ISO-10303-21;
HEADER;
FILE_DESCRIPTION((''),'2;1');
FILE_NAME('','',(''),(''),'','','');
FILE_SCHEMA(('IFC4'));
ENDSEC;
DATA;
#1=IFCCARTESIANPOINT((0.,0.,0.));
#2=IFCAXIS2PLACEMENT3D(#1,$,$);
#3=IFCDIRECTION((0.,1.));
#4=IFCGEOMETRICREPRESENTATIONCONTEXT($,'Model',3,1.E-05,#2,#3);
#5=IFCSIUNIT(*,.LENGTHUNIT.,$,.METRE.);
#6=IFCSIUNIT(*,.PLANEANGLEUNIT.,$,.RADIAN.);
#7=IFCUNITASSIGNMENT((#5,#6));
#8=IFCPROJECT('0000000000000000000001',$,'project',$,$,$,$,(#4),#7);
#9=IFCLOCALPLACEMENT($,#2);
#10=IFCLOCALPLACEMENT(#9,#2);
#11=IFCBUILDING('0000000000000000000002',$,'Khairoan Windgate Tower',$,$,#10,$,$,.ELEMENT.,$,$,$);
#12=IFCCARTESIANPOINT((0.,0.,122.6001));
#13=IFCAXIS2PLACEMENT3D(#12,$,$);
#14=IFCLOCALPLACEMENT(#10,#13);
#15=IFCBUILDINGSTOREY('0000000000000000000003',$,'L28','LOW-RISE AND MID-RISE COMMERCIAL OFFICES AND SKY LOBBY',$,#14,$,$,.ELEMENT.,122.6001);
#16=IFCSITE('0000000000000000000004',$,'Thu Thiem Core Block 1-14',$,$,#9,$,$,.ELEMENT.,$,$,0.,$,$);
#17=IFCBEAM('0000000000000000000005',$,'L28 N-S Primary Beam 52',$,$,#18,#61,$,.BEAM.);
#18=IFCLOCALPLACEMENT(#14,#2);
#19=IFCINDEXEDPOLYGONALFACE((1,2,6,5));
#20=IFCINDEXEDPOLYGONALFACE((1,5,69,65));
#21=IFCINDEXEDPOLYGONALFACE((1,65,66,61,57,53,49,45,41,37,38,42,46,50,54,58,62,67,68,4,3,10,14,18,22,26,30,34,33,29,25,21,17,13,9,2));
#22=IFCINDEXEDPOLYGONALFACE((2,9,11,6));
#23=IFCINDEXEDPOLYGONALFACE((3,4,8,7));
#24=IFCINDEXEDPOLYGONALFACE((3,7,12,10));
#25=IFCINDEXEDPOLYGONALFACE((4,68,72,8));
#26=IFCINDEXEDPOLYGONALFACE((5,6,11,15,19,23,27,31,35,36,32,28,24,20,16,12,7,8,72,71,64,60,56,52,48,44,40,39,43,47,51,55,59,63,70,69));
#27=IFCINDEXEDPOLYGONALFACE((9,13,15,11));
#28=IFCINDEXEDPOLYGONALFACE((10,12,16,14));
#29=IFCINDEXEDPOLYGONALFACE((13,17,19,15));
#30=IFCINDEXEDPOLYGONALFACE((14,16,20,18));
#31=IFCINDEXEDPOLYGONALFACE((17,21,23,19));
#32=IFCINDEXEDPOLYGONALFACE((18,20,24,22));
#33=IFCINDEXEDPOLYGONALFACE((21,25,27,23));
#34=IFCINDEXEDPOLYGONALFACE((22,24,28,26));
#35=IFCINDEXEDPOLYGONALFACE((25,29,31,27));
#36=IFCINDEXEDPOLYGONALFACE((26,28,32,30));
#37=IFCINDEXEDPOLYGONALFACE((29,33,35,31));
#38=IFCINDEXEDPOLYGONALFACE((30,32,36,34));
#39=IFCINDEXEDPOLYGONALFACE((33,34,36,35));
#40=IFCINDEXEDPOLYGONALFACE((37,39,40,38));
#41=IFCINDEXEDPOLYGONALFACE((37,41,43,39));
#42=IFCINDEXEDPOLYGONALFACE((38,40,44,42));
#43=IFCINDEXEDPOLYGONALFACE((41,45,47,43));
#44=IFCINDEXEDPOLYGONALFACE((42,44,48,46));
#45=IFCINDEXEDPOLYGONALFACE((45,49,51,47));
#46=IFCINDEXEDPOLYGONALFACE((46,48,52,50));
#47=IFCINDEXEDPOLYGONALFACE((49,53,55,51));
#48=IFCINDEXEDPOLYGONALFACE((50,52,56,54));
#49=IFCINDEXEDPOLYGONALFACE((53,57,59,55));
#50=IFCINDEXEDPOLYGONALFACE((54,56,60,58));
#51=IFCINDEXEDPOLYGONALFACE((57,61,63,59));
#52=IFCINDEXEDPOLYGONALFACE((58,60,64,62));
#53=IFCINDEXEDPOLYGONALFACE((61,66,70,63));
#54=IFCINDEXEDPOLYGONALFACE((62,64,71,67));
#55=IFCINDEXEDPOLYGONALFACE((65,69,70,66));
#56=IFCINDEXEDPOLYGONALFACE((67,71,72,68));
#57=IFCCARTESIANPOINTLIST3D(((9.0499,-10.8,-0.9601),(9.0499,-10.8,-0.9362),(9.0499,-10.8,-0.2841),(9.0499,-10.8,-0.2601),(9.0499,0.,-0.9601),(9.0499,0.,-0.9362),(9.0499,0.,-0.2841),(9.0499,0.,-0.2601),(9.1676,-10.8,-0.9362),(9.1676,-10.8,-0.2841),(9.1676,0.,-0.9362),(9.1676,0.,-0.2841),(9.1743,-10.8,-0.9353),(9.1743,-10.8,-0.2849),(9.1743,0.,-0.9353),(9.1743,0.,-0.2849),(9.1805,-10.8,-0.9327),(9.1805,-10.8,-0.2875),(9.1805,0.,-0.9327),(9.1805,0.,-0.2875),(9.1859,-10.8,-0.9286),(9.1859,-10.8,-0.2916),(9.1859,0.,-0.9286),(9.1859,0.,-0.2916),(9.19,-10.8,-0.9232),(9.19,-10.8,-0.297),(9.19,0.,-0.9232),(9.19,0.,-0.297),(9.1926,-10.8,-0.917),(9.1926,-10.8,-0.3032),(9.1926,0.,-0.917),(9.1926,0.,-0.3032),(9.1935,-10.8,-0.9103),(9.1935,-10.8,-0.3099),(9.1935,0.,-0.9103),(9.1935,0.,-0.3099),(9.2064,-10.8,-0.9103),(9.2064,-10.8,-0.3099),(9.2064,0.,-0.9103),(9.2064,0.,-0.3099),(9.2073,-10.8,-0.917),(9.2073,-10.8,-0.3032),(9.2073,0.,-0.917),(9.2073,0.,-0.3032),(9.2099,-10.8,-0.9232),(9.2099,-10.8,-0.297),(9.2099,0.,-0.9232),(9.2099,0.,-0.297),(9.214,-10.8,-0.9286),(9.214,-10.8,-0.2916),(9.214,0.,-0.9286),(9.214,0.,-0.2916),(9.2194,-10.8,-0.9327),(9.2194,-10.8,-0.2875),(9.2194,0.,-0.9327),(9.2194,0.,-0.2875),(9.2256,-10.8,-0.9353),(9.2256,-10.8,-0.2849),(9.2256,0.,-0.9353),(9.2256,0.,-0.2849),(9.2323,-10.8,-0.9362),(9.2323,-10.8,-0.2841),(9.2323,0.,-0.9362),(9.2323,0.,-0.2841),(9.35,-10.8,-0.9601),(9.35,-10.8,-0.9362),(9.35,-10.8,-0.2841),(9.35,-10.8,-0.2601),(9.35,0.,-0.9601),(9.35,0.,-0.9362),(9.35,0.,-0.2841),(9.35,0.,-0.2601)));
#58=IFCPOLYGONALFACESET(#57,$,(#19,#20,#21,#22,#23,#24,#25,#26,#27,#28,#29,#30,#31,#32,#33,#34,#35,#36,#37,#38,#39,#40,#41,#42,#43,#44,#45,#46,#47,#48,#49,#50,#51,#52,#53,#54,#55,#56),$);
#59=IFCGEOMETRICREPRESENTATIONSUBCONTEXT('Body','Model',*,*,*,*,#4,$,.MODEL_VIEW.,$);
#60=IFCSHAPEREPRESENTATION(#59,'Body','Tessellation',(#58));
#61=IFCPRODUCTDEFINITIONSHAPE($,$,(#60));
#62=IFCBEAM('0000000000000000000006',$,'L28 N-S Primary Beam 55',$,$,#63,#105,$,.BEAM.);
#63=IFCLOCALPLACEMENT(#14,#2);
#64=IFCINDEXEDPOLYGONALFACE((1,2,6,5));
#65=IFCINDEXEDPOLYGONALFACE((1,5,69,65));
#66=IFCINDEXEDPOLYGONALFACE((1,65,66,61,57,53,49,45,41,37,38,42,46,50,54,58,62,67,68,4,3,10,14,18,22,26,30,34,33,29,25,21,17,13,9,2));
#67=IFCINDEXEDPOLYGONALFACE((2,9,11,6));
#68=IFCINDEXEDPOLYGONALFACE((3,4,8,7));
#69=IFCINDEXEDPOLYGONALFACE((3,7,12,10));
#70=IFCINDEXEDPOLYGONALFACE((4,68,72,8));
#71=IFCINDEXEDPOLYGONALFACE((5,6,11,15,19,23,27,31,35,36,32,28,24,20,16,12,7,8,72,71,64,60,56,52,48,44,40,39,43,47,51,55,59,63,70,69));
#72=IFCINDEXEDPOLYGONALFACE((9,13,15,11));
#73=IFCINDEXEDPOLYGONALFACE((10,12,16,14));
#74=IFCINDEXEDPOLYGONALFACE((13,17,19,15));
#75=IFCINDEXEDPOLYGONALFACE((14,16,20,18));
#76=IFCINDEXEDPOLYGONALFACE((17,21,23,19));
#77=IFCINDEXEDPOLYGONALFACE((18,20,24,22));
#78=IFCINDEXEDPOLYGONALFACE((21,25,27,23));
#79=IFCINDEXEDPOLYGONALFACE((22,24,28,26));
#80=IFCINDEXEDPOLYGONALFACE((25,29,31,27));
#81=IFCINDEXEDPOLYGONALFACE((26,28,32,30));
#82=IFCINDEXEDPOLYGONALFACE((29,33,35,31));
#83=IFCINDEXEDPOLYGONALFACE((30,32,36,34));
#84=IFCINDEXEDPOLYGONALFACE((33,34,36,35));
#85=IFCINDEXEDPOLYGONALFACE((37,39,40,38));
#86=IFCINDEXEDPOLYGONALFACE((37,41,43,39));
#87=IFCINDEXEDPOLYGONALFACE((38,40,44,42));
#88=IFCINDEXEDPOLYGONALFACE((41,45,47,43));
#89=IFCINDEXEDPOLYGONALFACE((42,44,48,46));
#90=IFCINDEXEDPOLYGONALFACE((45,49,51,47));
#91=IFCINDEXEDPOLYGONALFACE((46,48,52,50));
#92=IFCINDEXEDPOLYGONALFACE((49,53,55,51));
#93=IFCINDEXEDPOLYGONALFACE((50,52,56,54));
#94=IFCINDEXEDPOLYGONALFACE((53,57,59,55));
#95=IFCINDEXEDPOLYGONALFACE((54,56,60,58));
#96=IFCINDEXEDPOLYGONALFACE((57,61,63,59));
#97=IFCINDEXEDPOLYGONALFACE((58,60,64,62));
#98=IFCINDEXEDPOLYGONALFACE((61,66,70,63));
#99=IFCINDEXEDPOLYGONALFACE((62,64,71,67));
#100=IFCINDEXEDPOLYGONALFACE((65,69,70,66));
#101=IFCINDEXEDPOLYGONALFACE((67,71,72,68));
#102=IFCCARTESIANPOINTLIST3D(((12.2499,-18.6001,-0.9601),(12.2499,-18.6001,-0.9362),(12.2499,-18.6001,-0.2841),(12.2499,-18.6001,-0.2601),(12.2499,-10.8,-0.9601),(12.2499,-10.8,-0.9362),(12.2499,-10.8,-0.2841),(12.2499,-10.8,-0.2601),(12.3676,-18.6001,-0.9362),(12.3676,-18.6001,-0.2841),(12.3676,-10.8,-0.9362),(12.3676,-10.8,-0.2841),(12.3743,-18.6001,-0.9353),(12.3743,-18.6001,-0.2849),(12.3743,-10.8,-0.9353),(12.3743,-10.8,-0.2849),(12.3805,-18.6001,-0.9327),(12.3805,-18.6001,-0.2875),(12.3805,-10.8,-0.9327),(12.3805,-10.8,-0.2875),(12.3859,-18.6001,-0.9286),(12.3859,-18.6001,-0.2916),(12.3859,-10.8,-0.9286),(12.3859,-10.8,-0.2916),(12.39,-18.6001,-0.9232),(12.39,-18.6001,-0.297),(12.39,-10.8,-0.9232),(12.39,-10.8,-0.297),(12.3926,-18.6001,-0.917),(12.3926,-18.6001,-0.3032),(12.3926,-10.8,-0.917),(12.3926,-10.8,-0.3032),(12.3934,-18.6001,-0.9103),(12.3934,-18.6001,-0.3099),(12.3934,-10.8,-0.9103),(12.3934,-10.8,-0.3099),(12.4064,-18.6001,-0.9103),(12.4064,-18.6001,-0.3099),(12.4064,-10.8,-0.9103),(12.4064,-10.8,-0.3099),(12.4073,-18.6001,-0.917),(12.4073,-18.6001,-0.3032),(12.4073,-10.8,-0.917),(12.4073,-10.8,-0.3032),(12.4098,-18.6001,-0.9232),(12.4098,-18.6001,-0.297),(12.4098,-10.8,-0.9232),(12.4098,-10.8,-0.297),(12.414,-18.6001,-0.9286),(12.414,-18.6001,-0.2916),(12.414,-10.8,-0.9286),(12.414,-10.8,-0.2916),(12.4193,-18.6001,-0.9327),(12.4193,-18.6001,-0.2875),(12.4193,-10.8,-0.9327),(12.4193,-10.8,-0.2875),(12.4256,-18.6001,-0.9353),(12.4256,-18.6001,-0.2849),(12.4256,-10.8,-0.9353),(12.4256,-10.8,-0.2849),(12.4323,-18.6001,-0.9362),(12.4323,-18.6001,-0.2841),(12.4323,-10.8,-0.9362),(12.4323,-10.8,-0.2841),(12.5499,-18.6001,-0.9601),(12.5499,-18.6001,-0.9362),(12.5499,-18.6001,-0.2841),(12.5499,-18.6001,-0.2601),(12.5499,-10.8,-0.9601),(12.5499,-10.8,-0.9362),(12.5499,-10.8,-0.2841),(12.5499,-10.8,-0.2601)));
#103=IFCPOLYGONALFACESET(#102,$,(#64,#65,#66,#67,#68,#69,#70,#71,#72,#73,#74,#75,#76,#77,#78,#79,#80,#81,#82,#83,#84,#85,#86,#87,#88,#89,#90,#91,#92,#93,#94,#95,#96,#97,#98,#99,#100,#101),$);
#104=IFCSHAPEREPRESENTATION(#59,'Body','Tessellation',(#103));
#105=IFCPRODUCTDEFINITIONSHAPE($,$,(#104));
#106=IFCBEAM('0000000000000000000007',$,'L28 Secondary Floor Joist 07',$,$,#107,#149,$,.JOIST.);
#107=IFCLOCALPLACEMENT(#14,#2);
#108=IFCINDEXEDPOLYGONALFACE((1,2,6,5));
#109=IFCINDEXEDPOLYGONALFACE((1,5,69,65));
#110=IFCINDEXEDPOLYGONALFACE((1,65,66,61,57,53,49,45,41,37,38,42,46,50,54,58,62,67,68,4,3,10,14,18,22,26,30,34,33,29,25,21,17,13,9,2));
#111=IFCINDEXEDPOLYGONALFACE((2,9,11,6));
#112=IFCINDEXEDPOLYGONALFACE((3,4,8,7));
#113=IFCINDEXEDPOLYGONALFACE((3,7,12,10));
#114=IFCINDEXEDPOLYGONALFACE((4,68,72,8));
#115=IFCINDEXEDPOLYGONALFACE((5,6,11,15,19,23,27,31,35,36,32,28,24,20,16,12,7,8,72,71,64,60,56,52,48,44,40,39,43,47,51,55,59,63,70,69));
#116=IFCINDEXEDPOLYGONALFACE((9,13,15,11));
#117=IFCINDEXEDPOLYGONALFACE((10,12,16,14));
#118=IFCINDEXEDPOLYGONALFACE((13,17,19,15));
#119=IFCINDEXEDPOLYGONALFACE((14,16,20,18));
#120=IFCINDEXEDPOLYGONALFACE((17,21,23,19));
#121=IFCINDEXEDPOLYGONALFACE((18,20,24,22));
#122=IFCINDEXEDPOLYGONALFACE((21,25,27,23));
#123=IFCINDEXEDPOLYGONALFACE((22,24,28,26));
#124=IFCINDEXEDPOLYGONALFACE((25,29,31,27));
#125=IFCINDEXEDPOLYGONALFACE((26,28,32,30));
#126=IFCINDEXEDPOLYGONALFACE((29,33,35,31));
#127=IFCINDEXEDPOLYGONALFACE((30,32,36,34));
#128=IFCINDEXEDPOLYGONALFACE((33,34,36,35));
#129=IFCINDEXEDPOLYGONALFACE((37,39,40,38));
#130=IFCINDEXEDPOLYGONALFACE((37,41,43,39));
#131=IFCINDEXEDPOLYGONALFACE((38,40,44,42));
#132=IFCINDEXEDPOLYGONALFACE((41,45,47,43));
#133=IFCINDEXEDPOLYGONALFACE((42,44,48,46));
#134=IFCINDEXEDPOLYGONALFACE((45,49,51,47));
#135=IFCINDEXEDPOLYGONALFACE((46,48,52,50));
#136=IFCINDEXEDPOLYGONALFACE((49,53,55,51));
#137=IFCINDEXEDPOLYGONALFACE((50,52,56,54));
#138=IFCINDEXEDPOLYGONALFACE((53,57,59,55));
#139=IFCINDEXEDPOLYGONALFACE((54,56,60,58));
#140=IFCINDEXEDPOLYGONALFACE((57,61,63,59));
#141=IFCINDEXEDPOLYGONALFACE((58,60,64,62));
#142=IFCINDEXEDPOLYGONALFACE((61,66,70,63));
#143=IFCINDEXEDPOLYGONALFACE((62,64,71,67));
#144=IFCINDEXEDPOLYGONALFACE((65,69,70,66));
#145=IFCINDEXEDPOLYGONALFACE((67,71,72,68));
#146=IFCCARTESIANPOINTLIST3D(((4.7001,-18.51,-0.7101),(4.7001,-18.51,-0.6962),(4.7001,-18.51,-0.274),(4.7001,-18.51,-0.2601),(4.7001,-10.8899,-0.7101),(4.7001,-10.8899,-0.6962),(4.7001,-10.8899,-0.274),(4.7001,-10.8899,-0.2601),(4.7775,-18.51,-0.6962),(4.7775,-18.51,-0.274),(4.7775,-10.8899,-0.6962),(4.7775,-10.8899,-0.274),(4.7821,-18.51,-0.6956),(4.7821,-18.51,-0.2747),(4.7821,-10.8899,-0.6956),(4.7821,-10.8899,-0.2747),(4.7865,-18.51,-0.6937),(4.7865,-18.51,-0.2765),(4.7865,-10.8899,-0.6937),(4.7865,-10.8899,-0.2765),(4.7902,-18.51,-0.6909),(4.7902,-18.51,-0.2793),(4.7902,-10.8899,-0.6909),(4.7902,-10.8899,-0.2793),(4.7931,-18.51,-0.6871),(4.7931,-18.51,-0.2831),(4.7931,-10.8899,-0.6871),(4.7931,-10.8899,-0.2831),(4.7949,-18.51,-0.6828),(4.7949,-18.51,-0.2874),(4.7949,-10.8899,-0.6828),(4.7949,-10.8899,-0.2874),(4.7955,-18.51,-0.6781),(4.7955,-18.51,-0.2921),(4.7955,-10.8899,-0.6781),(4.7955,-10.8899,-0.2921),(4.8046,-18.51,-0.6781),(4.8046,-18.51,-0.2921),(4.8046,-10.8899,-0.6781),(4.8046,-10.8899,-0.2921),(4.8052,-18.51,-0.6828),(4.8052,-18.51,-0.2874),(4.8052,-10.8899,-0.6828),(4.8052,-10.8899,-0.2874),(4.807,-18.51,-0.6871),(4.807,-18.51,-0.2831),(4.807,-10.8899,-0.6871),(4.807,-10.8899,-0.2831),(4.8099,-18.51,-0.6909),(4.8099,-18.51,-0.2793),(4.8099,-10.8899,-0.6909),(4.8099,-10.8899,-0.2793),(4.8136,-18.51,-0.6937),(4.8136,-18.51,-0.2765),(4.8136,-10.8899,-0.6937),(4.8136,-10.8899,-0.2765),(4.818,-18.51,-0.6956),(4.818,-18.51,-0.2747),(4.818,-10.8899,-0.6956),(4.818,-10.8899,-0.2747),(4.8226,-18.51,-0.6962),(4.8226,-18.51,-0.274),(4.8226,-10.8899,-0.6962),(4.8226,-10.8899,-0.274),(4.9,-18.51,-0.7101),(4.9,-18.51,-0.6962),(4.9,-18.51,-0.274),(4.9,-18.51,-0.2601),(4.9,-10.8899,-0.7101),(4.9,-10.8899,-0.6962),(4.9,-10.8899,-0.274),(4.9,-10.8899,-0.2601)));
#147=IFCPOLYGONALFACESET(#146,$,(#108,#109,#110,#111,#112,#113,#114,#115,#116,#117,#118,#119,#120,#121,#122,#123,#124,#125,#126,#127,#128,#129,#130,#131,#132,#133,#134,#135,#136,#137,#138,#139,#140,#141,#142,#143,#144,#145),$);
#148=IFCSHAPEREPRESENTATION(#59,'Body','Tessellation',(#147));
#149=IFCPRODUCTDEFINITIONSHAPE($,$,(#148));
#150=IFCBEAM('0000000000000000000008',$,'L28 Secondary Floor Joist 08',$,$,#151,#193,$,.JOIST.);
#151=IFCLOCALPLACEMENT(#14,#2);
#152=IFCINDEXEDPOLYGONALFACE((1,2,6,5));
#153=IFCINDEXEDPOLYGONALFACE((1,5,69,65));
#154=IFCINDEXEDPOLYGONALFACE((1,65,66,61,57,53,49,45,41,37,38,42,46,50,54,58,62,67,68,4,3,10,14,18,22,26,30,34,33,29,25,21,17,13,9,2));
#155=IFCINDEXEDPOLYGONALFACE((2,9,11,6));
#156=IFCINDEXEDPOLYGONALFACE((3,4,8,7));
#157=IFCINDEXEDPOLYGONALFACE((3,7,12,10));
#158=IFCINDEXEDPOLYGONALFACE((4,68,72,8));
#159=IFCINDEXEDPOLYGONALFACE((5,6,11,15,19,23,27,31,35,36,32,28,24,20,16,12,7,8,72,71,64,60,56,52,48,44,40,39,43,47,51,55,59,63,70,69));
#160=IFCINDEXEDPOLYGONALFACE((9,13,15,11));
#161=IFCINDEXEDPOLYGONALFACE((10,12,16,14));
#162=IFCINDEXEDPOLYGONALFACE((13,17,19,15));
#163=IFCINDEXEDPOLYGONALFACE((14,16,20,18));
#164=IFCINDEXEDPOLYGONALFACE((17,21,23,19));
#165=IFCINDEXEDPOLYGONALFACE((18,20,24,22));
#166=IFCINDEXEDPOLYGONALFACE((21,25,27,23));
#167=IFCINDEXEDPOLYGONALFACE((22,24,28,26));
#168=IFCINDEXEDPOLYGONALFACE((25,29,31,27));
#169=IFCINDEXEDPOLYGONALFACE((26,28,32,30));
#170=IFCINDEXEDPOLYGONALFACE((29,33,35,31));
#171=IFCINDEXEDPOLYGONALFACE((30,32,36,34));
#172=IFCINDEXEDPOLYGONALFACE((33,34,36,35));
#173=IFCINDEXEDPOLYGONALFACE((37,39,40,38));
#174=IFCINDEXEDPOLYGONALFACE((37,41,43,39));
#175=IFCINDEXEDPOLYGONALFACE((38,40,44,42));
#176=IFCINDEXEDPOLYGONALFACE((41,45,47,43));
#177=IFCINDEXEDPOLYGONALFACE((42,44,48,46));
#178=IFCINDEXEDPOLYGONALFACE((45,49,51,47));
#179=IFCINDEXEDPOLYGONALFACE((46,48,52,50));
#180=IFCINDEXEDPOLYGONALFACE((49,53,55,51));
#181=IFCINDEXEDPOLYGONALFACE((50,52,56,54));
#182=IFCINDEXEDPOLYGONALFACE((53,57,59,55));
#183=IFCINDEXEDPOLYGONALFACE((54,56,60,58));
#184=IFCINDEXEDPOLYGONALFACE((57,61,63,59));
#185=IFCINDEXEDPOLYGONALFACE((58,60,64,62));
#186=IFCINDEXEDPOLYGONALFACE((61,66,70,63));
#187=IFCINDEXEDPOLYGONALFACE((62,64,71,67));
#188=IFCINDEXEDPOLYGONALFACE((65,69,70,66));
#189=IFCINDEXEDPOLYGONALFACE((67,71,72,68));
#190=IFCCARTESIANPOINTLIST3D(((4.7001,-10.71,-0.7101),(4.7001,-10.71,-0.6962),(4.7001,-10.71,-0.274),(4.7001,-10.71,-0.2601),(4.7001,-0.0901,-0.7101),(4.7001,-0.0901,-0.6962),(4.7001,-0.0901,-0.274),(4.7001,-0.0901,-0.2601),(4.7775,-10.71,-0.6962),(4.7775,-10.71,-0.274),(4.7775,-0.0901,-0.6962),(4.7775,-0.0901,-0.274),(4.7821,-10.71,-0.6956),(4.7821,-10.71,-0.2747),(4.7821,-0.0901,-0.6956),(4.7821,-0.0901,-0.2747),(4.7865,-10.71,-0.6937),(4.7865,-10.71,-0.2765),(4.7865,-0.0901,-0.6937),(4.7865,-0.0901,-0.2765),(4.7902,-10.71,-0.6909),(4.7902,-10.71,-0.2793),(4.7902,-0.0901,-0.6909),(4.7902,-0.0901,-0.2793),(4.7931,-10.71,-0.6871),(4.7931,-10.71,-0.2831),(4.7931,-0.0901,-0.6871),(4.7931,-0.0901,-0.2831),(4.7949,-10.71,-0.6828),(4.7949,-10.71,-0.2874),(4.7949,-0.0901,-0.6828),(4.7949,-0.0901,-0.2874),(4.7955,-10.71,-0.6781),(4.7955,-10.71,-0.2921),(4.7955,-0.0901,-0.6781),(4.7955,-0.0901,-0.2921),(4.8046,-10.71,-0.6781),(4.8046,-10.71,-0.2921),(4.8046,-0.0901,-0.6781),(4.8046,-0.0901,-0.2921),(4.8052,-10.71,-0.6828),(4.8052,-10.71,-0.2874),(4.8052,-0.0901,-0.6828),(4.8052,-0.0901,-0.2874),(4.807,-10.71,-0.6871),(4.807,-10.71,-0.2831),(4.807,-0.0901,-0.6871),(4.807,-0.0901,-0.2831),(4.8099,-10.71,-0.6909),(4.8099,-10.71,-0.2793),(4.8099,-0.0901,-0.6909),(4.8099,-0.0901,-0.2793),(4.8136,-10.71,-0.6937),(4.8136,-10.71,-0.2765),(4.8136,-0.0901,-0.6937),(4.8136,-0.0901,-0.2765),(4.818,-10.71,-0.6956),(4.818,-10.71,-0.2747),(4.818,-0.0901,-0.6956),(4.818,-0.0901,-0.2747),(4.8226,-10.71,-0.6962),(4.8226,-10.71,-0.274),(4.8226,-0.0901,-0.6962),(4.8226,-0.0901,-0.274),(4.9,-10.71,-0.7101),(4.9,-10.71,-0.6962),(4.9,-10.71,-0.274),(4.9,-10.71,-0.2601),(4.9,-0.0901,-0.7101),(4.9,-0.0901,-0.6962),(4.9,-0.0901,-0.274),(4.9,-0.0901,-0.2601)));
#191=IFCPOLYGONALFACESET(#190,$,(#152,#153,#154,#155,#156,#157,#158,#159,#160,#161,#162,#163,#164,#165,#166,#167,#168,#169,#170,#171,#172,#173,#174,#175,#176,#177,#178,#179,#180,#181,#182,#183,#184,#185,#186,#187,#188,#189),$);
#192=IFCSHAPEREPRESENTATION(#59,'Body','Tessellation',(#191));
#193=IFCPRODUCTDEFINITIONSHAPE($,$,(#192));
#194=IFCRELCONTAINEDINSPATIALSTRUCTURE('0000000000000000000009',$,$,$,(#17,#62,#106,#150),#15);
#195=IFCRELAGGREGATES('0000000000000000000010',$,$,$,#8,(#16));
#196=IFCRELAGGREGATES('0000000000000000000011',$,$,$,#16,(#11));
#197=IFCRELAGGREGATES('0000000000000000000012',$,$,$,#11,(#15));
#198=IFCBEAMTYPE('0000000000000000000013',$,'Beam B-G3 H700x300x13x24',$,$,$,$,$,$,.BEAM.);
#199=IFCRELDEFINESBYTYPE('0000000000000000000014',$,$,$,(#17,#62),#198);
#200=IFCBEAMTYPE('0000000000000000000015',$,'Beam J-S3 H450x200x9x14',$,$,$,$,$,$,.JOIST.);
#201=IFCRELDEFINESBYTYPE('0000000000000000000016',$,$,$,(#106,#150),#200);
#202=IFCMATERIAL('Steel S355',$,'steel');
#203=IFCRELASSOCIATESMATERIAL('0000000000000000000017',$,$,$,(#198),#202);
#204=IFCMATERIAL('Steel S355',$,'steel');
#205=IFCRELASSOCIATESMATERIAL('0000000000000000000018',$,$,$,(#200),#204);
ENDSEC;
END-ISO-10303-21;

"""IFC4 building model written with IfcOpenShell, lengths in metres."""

from ifc_helpers import new_model, si_unit, direction, frame, origin, origin_2d, place, context, subcontext, project, spatial, i_section, extrude, material, material_profile, profile_set, type_object, element, save


model = new_model("IFC4")

# Units and contexts
model_context = context("Model", 3, precision=1e-05, world=origin(), true_north=direction((0.0, 1.0)))
body_context = subcontext(model_context, "Body", "Model", "MODEL_VIEW")
ifc_project = project(units=[si_unit("LENGTHUNIT", "METRE"), si_unit("PLANEANGLEUNIT", "RADIAN")], contexts=[model_context])

# Site, building, storey
site_placement = place(None, origin())
site = spatial("IfcSite", under=ifc_project, at=site_placement, Name="Thu Thiem Core Block 1-14", CompositionType="ELEMENT", RefElevation=0.0)
building_placement = place(site_placement, origin())
building = spatial("IfcBuilding", under=site, at=building_placement, Name="Khairoan Windgate Tower", CompositionType="ELEMENT")
storey_placement = place(building_placement, frame((0.0, 0.0, 122.6001)))
storey = spatial("IfcBuildingStorey", under=building, at=storey_placement, Name="L28", Description="LOW-RISE AND MID-RISE COMMERCIAL OFFICES AND SKY LOBBY", CompositionType="ELEMENT", Elevation=122.6001)

# Beams
ifc_material_1 = material(Name="Steel S355", Category="steel")
ifc_material_profile_1 = material_profile(ifc_material_1, i_section(OverallWidth=0.3, OverallDepth=0.7, WebThickness=0.0129, FlangeThickness=0.0239, FilletRadius=0.0259, at=origin_2d()))
ifc_profile_set_1 = profile_set([ifc_material_profile_1], Name="Steel S355")
beam_type_1 = type_object("IfcBeamType", Name="Beam B-G3 H700x300x13x24", PredefinedType="BEAM", material=ifc_profile_set_1)
beam_1_placement = place(storey_placement, frame((9.2, -10.8, -0.6101), z_axis=(0.0, 1.0, 0.0), x_axis=(-1.0, 0.0, 0.0)))
element("IfcBeam", 1, at=beam_1_placement, inside=storey, type_object=beam_type_1, Name="L28 N-S Primary Beam 52", PredefinedType="BEAM", context=body_context, shape_type="SweptSolid", body=[
    extrude(i_section(OverallWidth=0.3, OverallDepth=0.7, WebThickness=0.0129, FlangeThickness=0.0239, FilletRadius=0.0259, at=origin_2d()), origin(), (0.0, 0.0, 1.0), 10.8),
])
beam_2_placement = place(storey_placement, frame((12.3999, -18.6001, -0.6101), z_axis=(0.0, 1.0, 0.0), x_axis=(-1.0, 0.0, 0.0)))
element("IfcBeam", 2, at=beam_2_placement, inside=storey, type_object=beam_type_1, Name="L28 N-S Primary Beam 55", PredefinedType="BEAM", context=body_context, shape_type="SweptSolid", body=[
    extrude(i_section(OverallWidth=0.3, OverallDepth=0.7, WebThickness=0.0129, FlangeThickness=0.0239, FilletRadius=0.0259, at=origin_2d()), origin(), (0.0, 0.0, 1.0), 7.8),
])
ifc_material_2 = material(Name="Steel S355", Category="steel")
ifc_material_profile_2 = material_profile(ifc_material_2, i_section(OverallWidth=0.2, OverallDepth=0.45, WebThickness=0.009, FlangeThickness=0.0139, FilletRadius=0.0181, at=origin_2d()))
ifc_profile_set_2 = profile_set([ifc_material_profile_2], Name="Steel S355")
beam_type_2 = type_object("IfcBeamType", Name="Beam J-S3 H450x200x9x14", PredefinedType="JOIST", material=ifc_profile_set_2)
beam_3_placement = place(storey_placement, frame((4.8, -18.51, -0.4851), z_axis=(0.0, 1.0, 0.0), x_axis=(-1.0, 0.0, 0.0)))
element("IfcBeam", 3, at=beam_3_placement, inside=storey, type_object=beam_type_2, Name="L28 Secondary Floor Joist 07", PredefinedType="JOIST", context=body_context, shape_type="SweptSolid", body=[
    extrude(i_section(OverallWidth=0.2, OverallDepth=0.45, WebThickness=0.009, FlangeThickness=0.0139, FilletRadius=0.0181, at=origin_2d()), origin(), (0.0, 0.0, 1.0), 7.6201),
])
beam_4_placement = place(storey_placement, frame((4.8, -10.71, -0.4851), z_axis=(0.0, 1.0, 0.0), x_axis=(-1.0, 0.0, 0.0)))
element("IfcBeam", 4, at=beam_4_placement, inside=storey, type_object=beam_type_2, Name="L28 Secondary Floor Joist 08", PredefinedType="JOIST", context=body_context, shape_type="SweptSolid", body=[
    extrude(i_section(OverallWidth=0.2, OverallDepth=0.45, WebThickness=0.009, FlangeThickness=0.0139, FilletRadius=0.0181, at=origin_2d()), origin(), (0.0, 0.0, 1.0), 10.6199),
])

save(model, "model.ifc")
